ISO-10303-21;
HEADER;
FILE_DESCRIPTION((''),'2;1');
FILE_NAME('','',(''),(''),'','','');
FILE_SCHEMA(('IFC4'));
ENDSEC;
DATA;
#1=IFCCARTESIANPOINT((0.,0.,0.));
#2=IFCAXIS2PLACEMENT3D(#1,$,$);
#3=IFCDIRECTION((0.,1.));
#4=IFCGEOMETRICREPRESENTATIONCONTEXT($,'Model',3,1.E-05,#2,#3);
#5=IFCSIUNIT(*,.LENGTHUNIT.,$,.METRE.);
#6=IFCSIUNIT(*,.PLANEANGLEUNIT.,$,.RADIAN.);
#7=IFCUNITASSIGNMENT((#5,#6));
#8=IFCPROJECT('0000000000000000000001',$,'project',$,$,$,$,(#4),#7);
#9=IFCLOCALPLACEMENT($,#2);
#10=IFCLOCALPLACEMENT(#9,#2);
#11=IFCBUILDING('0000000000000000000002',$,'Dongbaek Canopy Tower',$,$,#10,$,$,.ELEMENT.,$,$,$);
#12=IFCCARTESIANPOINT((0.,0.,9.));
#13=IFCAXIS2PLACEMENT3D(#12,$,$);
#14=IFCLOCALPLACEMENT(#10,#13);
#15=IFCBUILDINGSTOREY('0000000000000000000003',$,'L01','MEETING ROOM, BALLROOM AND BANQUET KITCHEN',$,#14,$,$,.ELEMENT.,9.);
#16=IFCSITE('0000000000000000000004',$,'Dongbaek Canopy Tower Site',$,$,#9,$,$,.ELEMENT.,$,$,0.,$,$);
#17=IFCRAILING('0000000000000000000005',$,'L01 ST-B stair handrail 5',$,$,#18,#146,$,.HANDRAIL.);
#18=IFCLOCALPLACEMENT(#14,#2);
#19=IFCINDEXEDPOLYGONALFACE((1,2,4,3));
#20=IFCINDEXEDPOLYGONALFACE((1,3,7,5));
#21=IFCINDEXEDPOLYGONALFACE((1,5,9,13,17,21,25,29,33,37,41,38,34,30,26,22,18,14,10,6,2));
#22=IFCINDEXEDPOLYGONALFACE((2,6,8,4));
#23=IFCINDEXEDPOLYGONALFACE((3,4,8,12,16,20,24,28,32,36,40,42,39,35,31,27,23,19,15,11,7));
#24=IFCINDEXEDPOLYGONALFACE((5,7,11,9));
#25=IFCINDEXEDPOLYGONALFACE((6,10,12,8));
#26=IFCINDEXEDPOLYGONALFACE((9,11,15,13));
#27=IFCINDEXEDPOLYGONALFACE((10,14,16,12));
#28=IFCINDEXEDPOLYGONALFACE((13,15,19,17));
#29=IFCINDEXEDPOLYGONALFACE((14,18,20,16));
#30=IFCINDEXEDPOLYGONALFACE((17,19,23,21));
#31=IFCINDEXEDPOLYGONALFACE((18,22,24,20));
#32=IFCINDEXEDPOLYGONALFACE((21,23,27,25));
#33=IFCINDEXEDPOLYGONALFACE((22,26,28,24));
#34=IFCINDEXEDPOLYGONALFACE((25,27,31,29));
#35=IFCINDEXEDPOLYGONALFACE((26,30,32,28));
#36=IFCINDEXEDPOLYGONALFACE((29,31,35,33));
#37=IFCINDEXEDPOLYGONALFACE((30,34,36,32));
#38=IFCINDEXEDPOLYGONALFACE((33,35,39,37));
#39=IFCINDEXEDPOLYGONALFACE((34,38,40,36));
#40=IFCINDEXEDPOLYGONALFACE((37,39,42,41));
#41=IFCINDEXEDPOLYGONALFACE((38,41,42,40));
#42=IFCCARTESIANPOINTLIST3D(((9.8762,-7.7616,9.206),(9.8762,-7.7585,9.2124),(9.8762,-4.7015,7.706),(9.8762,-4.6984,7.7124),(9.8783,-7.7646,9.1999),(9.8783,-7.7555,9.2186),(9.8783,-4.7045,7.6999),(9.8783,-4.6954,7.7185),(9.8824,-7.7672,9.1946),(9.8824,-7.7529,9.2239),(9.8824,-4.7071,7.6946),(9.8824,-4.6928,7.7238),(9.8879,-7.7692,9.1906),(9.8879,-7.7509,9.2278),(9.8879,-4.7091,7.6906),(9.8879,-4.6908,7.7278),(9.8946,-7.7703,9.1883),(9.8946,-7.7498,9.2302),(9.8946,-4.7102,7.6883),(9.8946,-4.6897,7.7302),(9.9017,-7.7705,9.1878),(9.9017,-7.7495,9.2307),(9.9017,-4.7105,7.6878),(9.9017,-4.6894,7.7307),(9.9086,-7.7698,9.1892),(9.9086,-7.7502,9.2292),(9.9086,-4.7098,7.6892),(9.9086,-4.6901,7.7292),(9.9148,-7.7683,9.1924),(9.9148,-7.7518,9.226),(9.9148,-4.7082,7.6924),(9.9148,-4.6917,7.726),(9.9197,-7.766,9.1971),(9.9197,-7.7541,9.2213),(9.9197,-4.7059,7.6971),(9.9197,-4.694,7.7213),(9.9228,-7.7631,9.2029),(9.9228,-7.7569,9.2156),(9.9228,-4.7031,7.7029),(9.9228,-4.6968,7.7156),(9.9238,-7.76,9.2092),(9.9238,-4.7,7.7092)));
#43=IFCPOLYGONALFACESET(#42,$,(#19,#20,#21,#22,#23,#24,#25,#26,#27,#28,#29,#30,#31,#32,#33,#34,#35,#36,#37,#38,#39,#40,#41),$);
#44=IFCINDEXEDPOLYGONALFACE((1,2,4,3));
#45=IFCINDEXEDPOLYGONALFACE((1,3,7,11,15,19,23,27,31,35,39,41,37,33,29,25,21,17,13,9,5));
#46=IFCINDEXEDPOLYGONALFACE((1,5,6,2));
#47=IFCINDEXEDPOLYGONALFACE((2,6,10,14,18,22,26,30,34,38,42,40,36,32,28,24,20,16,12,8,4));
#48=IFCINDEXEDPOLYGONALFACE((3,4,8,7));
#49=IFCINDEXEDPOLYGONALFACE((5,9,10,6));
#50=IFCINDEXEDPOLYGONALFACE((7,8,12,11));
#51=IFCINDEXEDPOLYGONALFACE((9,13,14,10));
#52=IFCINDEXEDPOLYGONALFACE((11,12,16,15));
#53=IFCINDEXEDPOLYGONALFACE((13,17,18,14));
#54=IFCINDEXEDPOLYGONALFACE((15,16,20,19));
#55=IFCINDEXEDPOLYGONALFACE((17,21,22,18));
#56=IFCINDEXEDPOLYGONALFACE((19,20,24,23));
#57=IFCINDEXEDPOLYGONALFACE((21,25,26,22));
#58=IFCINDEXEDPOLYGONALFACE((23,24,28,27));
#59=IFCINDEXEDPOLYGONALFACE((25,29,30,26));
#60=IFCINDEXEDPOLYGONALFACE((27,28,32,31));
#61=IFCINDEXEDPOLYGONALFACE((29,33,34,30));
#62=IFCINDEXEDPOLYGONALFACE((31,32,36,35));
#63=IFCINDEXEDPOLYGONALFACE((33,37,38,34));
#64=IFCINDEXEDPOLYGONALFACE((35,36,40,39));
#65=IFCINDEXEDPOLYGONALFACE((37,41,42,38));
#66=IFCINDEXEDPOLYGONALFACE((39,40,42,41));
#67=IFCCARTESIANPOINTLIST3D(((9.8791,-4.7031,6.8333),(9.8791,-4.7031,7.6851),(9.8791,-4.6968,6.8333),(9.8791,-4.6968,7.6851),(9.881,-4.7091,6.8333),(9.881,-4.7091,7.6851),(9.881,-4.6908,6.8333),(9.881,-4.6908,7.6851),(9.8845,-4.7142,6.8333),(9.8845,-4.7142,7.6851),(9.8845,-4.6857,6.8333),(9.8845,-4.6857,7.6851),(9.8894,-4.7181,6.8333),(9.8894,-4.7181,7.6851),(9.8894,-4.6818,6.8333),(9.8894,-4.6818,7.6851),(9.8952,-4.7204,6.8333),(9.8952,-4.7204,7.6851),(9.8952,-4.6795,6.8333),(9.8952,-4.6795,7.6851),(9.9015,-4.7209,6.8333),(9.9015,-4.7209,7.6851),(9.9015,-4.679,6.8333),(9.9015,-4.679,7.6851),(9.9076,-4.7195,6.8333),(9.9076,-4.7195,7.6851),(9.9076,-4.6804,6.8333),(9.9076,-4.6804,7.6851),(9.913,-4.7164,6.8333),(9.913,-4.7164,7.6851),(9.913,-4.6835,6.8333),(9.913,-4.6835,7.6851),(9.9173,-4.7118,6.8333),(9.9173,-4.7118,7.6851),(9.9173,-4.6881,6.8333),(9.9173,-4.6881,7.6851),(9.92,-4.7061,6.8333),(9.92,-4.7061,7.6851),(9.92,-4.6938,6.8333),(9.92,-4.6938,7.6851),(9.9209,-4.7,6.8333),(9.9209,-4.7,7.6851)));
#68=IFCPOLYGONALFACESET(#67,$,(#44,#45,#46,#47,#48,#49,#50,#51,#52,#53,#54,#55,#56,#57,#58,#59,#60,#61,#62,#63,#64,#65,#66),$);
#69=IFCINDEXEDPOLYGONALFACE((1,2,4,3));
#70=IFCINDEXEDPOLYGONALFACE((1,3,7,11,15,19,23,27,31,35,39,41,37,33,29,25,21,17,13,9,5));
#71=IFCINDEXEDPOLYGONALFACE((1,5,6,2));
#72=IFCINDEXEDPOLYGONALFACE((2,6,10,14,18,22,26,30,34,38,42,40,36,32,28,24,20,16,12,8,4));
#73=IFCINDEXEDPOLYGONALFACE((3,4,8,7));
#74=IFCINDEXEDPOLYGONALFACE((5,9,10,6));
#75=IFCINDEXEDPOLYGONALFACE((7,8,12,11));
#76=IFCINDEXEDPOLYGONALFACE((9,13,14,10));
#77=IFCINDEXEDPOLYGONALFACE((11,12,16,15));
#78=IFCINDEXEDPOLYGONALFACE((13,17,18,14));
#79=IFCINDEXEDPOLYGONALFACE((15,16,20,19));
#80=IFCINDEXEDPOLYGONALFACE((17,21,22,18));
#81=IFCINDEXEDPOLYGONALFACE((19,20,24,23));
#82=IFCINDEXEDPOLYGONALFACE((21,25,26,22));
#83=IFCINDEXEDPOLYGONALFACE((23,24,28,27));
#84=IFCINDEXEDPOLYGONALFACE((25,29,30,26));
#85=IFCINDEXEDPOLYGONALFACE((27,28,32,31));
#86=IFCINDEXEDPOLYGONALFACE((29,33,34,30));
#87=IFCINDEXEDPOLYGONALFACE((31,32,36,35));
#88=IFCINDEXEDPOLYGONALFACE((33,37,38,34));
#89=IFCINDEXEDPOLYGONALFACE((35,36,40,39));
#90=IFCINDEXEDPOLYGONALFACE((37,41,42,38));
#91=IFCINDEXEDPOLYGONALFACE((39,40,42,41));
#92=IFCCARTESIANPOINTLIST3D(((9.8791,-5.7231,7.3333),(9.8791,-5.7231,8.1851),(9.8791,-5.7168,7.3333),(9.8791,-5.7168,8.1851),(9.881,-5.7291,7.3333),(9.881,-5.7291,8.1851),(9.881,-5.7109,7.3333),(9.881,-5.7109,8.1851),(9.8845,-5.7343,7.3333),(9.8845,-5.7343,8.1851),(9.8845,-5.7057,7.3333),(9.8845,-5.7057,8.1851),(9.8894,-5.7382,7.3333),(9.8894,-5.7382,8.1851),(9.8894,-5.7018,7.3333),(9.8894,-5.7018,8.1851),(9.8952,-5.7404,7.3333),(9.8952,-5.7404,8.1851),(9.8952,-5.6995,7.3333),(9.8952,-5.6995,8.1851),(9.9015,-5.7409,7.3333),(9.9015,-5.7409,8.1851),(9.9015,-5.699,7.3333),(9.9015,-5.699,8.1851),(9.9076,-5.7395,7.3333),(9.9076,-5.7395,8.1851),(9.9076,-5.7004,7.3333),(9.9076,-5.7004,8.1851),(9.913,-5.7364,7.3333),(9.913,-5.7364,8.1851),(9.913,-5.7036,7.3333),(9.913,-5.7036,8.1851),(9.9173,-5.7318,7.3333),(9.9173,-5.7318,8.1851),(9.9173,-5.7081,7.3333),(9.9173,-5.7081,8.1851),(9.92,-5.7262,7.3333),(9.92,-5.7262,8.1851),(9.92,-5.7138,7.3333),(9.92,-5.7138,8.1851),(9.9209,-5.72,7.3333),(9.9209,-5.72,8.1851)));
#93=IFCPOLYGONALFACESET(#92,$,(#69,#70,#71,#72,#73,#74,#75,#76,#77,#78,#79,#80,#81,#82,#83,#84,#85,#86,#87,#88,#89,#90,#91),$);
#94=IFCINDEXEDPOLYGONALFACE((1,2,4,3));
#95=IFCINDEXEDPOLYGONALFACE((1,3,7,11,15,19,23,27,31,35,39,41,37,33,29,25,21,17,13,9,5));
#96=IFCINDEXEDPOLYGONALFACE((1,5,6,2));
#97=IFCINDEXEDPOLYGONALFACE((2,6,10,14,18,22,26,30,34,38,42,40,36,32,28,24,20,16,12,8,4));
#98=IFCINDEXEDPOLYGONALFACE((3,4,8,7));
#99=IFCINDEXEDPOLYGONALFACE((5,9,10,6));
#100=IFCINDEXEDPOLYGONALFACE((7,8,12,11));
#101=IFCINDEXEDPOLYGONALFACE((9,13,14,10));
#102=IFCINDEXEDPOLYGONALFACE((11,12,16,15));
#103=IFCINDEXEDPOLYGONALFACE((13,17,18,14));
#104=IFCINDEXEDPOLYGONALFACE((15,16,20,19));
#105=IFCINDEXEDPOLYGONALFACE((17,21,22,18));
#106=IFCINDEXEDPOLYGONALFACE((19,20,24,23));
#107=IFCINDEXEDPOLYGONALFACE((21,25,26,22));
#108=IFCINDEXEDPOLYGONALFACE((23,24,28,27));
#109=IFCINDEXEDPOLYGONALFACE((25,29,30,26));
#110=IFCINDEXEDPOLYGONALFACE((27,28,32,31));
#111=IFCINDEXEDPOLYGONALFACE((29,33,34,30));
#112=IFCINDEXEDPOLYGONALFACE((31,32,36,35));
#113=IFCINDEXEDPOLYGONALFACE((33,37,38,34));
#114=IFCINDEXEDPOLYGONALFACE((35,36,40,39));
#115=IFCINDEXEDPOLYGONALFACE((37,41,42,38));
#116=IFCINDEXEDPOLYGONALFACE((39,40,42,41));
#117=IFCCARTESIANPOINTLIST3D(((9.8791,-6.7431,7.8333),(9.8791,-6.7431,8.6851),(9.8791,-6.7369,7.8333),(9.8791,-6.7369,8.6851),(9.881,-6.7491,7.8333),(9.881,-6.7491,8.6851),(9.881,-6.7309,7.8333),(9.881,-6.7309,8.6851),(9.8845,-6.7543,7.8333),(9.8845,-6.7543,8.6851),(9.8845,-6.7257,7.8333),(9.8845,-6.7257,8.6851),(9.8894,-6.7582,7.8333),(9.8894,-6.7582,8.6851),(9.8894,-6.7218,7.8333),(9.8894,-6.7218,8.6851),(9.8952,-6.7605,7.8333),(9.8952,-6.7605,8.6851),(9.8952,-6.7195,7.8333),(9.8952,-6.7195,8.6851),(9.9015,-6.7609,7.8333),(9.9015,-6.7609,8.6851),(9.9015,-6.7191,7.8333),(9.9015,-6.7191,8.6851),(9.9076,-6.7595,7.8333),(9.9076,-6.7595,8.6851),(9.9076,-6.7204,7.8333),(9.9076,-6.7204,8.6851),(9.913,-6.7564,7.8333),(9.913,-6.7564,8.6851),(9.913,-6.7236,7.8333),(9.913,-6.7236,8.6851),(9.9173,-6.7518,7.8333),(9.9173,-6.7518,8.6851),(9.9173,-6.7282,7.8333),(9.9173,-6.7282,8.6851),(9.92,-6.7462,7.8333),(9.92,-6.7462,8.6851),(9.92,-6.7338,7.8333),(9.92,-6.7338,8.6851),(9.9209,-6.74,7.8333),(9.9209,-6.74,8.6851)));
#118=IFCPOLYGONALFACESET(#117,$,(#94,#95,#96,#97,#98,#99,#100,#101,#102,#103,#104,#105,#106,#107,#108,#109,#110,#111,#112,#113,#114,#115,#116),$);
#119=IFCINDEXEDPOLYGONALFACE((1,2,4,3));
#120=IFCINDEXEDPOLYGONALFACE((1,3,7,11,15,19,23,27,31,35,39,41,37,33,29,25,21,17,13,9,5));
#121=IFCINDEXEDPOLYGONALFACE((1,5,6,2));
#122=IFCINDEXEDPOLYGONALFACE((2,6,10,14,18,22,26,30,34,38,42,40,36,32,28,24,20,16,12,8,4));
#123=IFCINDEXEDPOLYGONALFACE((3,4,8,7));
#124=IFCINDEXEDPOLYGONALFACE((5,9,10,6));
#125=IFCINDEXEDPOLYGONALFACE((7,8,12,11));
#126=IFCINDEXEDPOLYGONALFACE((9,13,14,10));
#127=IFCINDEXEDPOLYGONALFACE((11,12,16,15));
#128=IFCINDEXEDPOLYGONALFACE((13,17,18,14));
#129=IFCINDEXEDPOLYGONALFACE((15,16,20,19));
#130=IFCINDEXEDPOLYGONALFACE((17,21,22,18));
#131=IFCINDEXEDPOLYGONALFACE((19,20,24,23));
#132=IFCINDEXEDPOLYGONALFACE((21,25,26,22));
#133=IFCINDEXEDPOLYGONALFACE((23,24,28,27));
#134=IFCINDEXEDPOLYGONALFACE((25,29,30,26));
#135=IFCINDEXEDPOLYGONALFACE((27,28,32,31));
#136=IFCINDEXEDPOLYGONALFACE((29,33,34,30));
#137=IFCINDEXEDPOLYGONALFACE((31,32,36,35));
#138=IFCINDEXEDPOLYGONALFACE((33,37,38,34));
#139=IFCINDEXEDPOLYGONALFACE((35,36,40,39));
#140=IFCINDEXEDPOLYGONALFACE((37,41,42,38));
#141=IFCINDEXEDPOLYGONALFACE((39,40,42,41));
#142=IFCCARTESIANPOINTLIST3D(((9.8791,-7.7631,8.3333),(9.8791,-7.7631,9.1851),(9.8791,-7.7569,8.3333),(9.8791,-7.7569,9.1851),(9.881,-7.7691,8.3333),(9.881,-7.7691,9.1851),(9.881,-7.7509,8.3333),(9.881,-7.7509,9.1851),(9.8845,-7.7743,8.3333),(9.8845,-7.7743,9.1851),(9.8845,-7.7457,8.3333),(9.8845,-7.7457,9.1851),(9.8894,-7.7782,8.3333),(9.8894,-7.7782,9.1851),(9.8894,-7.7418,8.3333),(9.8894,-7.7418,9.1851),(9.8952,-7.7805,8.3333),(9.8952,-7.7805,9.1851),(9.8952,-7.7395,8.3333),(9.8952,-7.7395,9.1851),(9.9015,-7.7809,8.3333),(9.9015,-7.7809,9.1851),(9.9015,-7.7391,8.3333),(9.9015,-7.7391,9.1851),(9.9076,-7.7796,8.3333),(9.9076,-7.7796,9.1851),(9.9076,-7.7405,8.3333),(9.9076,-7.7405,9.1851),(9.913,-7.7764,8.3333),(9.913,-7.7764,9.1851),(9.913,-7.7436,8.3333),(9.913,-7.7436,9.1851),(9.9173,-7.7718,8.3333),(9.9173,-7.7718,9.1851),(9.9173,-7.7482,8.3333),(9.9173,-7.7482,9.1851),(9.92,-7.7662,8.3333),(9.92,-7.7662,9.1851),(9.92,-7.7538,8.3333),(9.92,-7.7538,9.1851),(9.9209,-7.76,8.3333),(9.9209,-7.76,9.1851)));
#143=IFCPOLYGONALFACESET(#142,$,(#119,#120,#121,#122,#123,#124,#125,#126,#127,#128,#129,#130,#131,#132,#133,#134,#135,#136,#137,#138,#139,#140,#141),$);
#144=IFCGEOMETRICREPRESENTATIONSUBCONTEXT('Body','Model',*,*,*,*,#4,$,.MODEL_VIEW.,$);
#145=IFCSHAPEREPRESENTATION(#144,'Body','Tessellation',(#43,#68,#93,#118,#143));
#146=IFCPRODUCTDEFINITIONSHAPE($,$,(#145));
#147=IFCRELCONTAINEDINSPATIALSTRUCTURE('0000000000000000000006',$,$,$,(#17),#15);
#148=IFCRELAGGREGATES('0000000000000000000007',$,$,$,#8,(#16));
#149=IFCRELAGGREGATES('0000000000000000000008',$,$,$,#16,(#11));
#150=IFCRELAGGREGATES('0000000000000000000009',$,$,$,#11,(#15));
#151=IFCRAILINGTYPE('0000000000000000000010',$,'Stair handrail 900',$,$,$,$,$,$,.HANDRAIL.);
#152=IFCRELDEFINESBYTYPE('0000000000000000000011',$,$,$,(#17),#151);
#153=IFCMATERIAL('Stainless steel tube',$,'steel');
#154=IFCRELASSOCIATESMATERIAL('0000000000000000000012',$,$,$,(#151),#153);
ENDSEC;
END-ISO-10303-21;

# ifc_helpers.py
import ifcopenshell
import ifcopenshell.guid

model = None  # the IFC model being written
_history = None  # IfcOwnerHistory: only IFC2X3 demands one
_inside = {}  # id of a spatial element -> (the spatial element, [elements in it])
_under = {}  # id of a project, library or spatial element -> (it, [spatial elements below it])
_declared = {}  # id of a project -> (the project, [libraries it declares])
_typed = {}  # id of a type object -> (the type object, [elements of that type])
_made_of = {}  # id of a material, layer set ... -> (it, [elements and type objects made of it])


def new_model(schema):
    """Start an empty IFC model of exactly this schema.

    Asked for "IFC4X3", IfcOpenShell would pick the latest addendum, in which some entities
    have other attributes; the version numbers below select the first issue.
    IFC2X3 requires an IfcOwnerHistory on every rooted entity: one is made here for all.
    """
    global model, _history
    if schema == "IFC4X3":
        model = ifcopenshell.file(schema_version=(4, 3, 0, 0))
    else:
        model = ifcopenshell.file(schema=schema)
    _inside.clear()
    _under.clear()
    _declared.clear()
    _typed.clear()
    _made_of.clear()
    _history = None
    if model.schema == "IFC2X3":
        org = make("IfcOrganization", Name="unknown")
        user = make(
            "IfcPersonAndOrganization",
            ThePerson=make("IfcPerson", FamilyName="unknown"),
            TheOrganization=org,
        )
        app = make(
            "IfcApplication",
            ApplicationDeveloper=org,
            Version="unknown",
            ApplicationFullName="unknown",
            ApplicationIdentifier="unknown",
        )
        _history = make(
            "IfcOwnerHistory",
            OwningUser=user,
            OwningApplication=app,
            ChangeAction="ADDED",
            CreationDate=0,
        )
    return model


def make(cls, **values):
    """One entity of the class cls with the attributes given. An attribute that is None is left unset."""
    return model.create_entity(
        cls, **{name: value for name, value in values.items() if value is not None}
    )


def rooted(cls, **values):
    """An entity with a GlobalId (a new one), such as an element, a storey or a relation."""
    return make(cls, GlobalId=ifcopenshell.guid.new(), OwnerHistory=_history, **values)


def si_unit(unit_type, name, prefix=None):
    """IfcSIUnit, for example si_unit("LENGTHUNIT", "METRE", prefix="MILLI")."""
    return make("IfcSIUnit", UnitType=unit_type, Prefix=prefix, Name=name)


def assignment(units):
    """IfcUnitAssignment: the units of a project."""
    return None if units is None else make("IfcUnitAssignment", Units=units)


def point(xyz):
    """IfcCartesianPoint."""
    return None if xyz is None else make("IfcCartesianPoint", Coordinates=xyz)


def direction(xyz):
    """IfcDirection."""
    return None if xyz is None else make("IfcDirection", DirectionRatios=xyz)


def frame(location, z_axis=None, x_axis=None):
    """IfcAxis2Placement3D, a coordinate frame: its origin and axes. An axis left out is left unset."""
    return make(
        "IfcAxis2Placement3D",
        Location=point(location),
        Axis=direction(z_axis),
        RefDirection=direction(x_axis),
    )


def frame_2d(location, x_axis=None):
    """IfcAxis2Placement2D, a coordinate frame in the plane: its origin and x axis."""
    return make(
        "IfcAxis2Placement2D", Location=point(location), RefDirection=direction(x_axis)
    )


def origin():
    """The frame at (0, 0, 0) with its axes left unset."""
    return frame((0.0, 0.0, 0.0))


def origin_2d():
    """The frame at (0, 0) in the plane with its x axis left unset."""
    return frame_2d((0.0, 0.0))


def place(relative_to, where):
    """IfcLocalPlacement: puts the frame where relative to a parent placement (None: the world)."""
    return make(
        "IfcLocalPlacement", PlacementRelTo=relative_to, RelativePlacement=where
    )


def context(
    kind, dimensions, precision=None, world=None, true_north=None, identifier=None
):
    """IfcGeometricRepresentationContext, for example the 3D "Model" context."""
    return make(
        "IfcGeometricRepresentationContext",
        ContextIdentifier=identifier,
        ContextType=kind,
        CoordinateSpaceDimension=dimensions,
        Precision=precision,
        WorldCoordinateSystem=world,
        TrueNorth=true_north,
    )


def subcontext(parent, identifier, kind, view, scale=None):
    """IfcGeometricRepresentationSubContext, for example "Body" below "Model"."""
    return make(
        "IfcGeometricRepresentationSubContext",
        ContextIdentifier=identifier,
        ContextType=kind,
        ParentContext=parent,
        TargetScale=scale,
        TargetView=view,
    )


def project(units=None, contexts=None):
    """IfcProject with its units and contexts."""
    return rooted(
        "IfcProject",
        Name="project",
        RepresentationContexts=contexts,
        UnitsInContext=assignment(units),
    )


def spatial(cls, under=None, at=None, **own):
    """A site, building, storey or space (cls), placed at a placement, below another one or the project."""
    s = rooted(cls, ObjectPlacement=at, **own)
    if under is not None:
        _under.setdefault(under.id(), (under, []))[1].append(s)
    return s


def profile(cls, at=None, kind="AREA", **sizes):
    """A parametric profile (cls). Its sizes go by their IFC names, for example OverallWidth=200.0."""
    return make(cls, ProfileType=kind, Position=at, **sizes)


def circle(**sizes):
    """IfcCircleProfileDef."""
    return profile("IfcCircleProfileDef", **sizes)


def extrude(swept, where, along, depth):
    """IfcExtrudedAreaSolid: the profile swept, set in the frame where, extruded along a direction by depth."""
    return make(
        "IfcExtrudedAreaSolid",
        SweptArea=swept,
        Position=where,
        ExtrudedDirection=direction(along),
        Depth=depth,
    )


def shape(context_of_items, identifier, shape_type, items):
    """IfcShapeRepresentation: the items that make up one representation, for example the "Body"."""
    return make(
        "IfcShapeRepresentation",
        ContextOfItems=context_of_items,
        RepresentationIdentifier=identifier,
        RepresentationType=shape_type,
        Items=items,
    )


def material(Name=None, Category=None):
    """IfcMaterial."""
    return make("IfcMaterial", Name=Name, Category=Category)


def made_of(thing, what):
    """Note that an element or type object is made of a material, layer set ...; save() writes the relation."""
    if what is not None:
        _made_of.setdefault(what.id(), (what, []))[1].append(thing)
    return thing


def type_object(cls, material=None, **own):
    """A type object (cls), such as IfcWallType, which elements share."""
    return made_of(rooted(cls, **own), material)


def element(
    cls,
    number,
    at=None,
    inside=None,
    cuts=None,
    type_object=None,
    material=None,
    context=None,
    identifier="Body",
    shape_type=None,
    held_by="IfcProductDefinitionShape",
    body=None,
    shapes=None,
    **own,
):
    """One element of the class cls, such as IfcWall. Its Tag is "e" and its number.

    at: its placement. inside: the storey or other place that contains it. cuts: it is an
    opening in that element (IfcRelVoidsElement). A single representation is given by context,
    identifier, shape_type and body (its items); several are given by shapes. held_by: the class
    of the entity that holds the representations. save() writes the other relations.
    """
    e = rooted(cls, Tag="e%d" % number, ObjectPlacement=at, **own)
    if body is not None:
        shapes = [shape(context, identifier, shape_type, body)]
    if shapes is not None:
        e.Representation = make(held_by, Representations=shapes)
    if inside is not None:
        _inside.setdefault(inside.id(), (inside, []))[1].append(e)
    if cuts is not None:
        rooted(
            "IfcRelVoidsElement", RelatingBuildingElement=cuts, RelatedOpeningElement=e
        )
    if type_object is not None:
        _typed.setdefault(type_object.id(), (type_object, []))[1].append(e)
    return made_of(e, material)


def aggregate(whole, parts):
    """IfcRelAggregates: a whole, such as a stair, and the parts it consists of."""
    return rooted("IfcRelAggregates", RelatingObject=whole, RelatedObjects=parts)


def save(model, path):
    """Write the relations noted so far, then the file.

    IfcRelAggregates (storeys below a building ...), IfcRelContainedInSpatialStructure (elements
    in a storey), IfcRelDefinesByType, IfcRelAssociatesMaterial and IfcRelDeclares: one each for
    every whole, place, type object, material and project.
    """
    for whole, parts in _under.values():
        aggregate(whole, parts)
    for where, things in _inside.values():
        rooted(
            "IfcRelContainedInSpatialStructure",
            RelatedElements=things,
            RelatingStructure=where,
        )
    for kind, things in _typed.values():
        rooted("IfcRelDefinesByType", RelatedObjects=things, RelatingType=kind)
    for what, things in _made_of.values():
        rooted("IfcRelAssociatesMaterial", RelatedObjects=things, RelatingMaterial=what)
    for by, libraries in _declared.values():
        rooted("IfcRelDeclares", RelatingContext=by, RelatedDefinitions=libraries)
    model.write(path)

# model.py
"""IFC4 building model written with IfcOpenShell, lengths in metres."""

from ifc_helpers import new_model, si_unit, direction, frame, origin, origin_2d, place, context, subcontext, project, spatial, circle, extrude, material, type_object, element, save


model = new_model("IFC4")

# Units and contexts
model_context = context("Model", 3, precision=1e-05, world=origin(), true_north=direction((0.0, 1.0)))
body_context = subcontext(model_context, "Body", "Model", "MODEL_VIEW")
ifc_project = project(units=[si_unit("LENGTHUNIT", "METRE"), si_unit("PLANEANGLEUNIT", "RADIAN")], contexts=[model_context])

# Site, building, storey
site_placement = place(None, origin())
site = spatial("IfcSite", under=ifc_project, at=site_placement, Name="Dongbaek Canopy Tower Site", CompositionType="ELEMENT", RefElevation=0.0)
building_placement = place(site_placement, origin())
building = spatial("IfcBuilding", under=site, at=building_placement, Name="Dongbaek Canopy Tower", CompositionType="ELEMENT")
storey_placement = place(building_placement, frame((0.0, 0.0, 9.0)))
storey = spatial("IfcBuildingStorey", under=building, at=storey_placement, Name="L01", Description="MEETING ROOM, BALLROOM AND BANQUET KITCHEN", CompositionType="ELEMENT", Elevation=9.0)

# Railing
ifc_material_1 = material(Name="Stainless steel tube", Category="steel")
railing_type_1 = type_object("IfcRailingType", Name="Stair handrail 900", PredefinedType="HANDRAIL", material=ifc_material_1)
for number, where, name in (
    (1, (9.8999, -4.7, 6.8333), "L01 ST-B stair handrail 5"),
):
    element("IfcRailing", number, at=place(storey_placement, frame(where)), inside=storey, type_object=railing_type_1, Name=name, PredefinedType="HANDRAIL", context=body_context, shape_type="SweptSolid", body=[
        extrude(circle(Radius=0.0239, at=origin_2d()), frame((0.0, 0.0, 0.876), z_axis=(0.0, -0.897924, 0.44015), x_axis=(1.0, 0.0, 0.0)), (0.0, 0.0, 1.0), 3.408),
        extrude(circle(Radius=0.021, at=origin_2d()), origin(), (0.0, 0.0, 1.0), 0.8518),
        extrude(circle(Radius=0.021, at=origin_2d()), frame((0.0, -1.02, 0.5)), (0.0, 0.0, 1.0), 0.8518),
        extrude(circle(Radius=0.021, at=origin_2d()), frame((0.0, -2.04, 1.0)), (0.0, 0.0, 1.0), 0.8518),
        extrude(circle(Radius=0.021, at=origin_2d()), frame((0.0, -3.0601, 1.5)), (0.0, 0.0, 1.0), 0.8518),
    ])

save(model, "model.ifc")
